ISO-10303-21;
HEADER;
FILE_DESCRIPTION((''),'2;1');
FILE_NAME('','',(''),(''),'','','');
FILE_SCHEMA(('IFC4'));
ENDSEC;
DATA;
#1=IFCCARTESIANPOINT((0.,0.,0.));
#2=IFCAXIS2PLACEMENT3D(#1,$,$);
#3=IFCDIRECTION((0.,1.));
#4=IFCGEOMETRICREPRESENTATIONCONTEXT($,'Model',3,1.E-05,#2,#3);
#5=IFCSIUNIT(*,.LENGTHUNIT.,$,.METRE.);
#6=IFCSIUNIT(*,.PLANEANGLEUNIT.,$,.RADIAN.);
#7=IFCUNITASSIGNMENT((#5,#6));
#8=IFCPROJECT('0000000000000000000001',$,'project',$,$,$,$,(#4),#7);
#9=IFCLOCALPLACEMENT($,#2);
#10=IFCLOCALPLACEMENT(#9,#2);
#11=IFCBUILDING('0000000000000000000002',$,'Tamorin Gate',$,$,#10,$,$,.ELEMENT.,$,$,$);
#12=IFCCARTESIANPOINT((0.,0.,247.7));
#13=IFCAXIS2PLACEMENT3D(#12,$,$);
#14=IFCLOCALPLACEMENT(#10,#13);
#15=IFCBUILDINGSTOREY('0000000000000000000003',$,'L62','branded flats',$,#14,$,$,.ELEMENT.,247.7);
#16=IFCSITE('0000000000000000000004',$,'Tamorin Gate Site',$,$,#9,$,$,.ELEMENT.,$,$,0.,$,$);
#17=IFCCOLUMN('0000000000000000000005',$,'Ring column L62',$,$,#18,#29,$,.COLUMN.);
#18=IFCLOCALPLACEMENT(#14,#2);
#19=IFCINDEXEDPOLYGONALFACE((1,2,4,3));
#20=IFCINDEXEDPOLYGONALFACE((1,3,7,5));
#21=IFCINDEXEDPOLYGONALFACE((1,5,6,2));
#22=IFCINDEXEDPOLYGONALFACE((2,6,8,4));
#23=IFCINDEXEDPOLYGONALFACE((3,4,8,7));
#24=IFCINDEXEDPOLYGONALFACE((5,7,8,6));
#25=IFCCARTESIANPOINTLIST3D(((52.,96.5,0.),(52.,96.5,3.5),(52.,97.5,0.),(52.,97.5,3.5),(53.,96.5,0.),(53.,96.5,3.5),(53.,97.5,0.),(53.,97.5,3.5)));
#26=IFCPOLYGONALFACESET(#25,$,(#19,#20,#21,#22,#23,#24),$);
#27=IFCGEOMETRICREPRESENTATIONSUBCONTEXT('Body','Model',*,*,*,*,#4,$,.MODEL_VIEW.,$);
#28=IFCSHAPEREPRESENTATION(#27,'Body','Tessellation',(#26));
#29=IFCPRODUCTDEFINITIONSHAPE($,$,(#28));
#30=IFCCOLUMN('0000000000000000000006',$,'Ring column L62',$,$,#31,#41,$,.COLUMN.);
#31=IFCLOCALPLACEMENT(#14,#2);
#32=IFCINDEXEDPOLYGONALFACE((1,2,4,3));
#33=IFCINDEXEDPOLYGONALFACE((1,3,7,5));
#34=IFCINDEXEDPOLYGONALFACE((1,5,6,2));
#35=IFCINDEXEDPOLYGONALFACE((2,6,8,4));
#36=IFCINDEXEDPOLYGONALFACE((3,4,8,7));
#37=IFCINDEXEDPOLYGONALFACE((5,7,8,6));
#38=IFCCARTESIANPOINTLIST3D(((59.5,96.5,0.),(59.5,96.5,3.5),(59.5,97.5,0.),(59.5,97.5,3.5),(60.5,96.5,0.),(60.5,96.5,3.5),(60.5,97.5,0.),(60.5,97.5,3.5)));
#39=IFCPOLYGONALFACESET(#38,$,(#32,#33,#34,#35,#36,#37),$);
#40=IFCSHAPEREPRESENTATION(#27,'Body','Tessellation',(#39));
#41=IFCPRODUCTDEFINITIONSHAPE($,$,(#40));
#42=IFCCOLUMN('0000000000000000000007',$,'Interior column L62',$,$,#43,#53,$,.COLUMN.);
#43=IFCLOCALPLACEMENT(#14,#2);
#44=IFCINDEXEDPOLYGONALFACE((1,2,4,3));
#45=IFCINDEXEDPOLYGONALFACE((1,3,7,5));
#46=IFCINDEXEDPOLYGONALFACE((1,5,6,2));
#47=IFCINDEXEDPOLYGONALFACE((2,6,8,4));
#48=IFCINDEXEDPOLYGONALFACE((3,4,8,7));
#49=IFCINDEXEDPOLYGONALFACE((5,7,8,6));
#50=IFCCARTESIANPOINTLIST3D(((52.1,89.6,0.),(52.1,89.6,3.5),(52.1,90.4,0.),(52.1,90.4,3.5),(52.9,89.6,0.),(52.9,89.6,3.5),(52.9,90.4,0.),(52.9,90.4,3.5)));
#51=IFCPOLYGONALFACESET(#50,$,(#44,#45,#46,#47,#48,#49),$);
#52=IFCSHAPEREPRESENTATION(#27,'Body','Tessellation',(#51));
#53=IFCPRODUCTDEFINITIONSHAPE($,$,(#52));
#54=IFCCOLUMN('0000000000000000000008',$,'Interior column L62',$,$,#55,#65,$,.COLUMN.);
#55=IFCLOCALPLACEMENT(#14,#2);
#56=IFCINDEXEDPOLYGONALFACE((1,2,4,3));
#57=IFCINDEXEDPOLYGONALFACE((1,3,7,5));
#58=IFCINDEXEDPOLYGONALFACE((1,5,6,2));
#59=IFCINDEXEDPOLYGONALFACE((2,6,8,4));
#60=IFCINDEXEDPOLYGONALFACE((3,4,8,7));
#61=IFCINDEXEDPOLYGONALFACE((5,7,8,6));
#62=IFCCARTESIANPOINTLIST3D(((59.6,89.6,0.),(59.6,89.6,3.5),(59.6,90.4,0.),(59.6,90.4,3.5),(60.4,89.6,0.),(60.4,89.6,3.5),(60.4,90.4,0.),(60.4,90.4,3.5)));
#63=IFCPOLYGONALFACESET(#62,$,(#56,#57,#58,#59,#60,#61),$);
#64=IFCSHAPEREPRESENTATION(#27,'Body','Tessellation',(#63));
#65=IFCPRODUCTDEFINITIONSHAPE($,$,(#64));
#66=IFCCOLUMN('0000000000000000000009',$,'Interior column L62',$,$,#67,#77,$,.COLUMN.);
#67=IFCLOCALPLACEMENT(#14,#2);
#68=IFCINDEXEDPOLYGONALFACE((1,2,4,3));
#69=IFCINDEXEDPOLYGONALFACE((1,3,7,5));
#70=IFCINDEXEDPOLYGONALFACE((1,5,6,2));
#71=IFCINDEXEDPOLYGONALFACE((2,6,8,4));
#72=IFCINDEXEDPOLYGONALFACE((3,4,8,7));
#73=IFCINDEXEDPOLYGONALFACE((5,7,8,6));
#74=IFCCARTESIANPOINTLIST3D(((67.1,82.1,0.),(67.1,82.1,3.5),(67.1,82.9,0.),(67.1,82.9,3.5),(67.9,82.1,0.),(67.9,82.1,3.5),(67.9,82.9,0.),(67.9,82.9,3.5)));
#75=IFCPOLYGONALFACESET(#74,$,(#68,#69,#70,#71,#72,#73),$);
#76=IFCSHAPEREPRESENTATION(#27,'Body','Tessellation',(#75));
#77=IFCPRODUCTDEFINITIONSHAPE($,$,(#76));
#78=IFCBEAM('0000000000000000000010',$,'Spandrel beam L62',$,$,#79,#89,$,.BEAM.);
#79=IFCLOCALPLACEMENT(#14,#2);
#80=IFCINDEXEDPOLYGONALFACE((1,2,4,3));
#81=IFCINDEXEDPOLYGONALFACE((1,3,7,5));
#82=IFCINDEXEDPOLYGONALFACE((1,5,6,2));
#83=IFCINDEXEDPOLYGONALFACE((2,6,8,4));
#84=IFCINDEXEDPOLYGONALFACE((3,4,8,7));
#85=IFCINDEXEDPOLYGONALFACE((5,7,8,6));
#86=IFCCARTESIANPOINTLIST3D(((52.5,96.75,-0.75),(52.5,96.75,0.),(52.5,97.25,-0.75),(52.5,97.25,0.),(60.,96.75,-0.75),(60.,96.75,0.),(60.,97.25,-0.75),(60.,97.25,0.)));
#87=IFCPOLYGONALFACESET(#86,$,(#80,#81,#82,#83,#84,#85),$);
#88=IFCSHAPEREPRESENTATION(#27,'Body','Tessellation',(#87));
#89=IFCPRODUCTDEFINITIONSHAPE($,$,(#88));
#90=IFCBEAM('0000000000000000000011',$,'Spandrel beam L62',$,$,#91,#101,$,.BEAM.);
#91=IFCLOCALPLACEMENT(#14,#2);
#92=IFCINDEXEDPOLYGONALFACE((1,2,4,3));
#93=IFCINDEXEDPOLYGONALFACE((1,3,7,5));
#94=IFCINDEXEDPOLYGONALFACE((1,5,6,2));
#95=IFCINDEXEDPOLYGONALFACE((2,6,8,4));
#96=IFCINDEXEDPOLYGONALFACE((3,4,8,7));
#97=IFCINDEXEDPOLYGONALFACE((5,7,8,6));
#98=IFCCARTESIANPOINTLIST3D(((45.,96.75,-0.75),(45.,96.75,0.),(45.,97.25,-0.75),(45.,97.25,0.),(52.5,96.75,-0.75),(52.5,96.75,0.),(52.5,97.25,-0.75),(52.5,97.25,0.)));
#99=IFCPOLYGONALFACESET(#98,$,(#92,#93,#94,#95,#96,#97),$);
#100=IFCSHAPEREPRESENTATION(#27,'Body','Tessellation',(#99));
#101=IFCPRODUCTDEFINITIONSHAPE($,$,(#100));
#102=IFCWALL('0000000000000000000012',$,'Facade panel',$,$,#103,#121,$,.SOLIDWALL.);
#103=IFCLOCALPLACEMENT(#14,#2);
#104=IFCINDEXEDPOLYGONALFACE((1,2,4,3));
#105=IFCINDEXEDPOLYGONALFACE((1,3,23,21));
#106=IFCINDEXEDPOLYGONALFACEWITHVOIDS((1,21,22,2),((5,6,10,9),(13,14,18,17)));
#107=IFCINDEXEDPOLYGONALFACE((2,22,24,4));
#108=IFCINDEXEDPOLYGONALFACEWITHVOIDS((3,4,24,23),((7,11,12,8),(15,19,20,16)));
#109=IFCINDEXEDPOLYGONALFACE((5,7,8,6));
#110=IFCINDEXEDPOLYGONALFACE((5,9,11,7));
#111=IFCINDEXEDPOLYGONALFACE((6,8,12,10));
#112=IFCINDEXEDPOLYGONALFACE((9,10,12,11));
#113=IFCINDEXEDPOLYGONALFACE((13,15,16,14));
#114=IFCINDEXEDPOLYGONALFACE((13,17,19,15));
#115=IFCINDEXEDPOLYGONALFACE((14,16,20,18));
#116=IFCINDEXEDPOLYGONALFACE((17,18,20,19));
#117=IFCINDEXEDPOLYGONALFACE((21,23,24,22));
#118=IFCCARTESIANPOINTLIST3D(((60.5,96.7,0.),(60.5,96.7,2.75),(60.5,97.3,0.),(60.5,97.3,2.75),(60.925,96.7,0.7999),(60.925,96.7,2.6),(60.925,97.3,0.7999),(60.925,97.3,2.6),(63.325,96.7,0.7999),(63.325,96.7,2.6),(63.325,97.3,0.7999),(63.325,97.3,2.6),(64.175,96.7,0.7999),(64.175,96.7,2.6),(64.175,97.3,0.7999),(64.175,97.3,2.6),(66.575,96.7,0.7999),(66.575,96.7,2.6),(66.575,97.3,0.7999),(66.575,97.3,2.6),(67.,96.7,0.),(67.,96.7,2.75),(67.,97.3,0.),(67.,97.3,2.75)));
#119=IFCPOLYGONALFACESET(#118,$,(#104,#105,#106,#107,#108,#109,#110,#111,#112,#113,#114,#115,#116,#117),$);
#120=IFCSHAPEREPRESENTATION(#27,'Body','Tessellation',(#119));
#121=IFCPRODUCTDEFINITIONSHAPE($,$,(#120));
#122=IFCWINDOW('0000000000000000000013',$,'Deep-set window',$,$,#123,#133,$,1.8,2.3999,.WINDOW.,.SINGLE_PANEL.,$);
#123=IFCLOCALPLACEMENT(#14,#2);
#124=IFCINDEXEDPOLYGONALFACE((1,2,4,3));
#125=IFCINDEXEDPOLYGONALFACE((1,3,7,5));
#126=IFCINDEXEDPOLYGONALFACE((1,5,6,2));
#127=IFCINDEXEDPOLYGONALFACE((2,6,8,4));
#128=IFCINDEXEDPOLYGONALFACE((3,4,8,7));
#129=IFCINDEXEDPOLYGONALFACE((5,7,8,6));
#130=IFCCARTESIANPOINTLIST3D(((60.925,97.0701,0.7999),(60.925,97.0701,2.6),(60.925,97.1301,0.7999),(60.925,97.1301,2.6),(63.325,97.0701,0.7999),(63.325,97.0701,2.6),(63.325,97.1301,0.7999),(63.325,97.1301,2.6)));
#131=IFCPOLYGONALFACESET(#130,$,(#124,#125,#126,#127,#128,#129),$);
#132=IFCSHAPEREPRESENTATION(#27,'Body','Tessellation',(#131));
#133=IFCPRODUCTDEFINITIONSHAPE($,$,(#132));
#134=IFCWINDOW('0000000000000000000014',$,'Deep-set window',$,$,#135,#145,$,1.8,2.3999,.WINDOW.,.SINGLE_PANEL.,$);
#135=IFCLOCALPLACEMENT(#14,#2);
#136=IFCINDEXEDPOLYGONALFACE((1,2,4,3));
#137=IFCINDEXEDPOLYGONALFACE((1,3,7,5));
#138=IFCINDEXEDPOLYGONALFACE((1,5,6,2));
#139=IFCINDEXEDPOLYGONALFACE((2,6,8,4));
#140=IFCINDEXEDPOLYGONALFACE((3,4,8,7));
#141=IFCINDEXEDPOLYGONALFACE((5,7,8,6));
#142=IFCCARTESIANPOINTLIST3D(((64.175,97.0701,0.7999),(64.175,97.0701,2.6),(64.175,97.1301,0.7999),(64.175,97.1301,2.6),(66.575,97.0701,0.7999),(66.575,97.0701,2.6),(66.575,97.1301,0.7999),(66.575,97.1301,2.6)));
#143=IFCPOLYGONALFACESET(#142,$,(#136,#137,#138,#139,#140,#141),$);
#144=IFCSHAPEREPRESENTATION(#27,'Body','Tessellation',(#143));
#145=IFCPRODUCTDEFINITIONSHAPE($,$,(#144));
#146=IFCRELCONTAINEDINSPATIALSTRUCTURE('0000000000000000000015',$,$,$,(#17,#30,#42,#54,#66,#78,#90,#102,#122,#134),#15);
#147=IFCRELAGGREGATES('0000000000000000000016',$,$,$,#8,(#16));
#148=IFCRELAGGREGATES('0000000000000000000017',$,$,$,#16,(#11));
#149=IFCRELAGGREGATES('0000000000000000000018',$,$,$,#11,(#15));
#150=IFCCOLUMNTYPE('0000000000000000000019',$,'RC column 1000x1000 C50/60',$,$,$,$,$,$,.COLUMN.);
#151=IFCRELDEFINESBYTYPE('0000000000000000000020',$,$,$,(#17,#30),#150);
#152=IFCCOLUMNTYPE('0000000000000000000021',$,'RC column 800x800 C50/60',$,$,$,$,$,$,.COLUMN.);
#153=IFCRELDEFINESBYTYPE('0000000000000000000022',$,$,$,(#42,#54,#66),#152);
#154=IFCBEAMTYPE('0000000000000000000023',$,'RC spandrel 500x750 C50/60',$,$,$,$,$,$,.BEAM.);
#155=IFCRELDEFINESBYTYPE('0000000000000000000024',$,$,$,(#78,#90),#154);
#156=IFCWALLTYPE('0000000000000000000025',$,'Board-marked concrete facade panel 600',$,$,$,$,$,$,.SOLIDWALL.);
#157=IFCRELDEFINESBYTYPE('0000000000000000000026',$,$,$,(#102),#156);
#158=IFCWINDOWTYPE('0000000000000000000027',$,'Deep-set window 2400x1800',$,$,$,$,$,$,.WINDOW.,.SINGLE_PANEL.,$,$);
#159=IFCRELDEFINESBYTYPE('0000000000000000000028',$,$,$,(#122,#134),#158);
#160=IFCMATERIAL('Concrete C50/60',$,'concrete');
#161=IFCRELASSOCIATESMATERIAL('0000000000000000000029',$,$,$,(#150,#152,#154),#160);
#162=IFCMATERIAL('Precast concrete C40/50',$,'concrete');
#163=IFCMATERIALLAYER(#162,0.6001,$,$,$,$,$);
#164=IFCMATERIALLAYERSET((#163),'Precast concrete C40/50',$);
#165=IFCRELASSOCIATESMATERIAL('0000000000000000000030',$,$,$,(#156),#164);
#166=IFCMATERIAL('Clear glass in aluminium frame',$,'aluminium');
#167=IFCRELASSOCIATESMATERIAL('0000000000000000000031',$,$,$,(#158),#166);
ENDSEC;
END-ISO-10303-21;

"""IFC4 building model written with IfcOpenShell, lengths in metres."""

from ifc_helpers import new_model, si_unit, direction, frame, frame_2d, origin, origin_2d, place, context, subcontext, project, spatial, rectangle, extrude, material, layer, layer_set, material_profile, profile_set, type_object, element, fill, save


model = new_model("IFC4")

# Units and contexts
model_context = context("Model", 3, precision=1e-05, world=origin(), true_north=direction((0.0, 1.0)))
body_context = subcontext(model_context, "Body", "Model", "MODEL_VIEW")
ifc_project = project(units=[si_unit("LENGTHUNIT", "METRE"), si_unit("PLANEANGLEUNIT", "RADIAN")], contexts=[model_context])

# Site, building, storey
site_placement = place(None, origin())
site = spatial("IfcSite", under=ifc_project, at=site_placement, Name="Tamorin Gate Site", CompositionType="ELEMENT", RefElevation=0.0)
building_placement = place(site_placement, origin())
building = spatial("IfcBuilding", under=site, at=building_placement, Name="Tamorin Gate", CompositionType="ELEMENT")
storey_placement = place(building_placement, frame((0.0, 0.0, 247.7)))
storey = spatial("IfcBuildingStorey", under=building, at=storey_placement, Name="L62", Description="branded flats", CompositionType="ELEMENT", Elevation=247.7)

# Columns
ifc_material_1 = material(Name="Concrete C50/60", Category="concrete")
ifc_material_profile_1 = material_profile(ifc_material_1, rectangle(XDim=1.0, YDim=1.0, at=origin_2d()), Name="RC 1000x1000")
ifc_profile_set_1 = profile_set([ifc_material_profile_1], Name="Concrete C50/60")
column_type_1 = type_object("IfcColumnType", Name="RC column 1000x1000 C50/60", PredefinedType="COLUMN", material=ifc_profile_set_1)
for number, where, z_axis, x_axis, name in (
    (1, (52.5, 97.0, 0.0), (0.0, 0.0, 1.0), (1.0, 0.0, 0.0), "Ring column L62"),
    (2, (60.0, 97.0, 0.0), (0.0, 0.0, 1.0), (1.0, 0.0, 0.0), "Ring column L62"),
):
    element("IfcColumn", number, at=place(storey_placement, frame(where, z_axis=z_axis, x_axis=x_axis)), inside=storey, type_object=column_type_1, Name=name, PredefinedType="COLUMN", context=body_context, shape_type="SweptSolid", body=[
        extrude(rectangle(XDim=1.0, YDim=1.0, at=origin_2d()), origin(), (0.0, 0.0, 1.0), 3.5),
    ])
ifc_material_profile_2 = material_profile(ifc_material_1, rectangle(XDim=0.8, YDim=0.8, at=origin_2d()), Name="RC 800x800")
ifc_profile_set_2 = profile_set([ifc_material_profile_2], Name="Concrete C50/60")
column_type_2 = type_object("IfcColumnType", Name="RC column 800x800 C50/60", PredefinedType="COLUMN", material=ifc_profile_set_2)
for number, where, z_axis, x_axis, name in (
    (3, (52.5, 90.0, 0.0), (0.0, 0.0, 1.0), (1.0, 0.0, 0.0), "Interior column L62"),
    (4, (60.0, 90.0, 0.0), (0.0, 0.0, 1.0), (1.0, 0.0, 0.0), "Interior column L62"),
    (5, (67.5, 82.5, 0.0), (0.0, 0.0, 1.0), (1.0, 0.0, 0.0), "Interior column L62"),
):
    element("IfcColumn", number, at=place(storey_placement, frame(where, z_axis=z_axis, x_axis=x_axis)), inside=storey, type_object=column_type_2, Name=name, PredefinedType="COLUMN", context=body_context, shape_type="SweptSolid", body=[
        extrude(rectangle(XDim=0.8, YDim=0.8, at=origin_2d()), origin(), (0.0, 0.0, 1.0), 3.5),
    ])

# Beams
ifc_material_profile_3 = material_profile(ifc_material_1, rectangle(XDim=0.5, YDim=0.75, at=origin_2d()), Name="RC 500x750")
ifc_profile_set_3 = profile_set([ifc_material_profile_3], Name="Concrete C50/60")
beam_type = type_object("IfcBeamType", Name="RC spandrel 500x750 C50/60", PredefinedType="BEAM", material=ifc_profile_set_3)
for number, where, z_axis, x_axis, name in (
    (6, (60.0, 97.0, -0.375), (-1.0, 0.0, 0.0), (0.0, -1.0, 0.0), "Spandrel beam L62"),
    (7, (52.5, 97.0, -0.375), (-1.0, 0.0, 0.0), (0.0, -1.0, 0.0), "Spandrel beam L62"),
):
    element("IfcBeam", number, at=place(storey_placement, frame(where, z_axis=z_axis, x_axis=x_axis)), inside=storey, type_object=beam_type, Name=name, PredefinedType="BEAM", context=body_context, shape_type="SweptSolid", body=[
        extrude(rectangle(XDim=0.5, YDim=0.75, at=origin_2d()), origin(), (0.0, 0.0, 1.0), 7.5),
    ])

# Wall, openings, windows
ifc_material_2 = material(Name="Precast concrete C40/50", Category="concrete")
ifc_layer_1 = layer(ifc_material_2, 0.6001)
ifc_layer_set_1 = layer_set([ifc_layer_1], Name="Precast concrete C40/50")
wall_type_1 = type_object("IfcWallType", Name="Board-marked concrete facade panel 600", PredefinedType="SOLIDWALL", material=ifc_layer_set_1)
wall_1_placement = place(storey_placement, frame((67.0, 97.0, 0.0), z_axis=(0.0, 0.0, 1.0), x_axis=(-1.0, 0.0, 0.0)))
wall_1 = element("IfcWall", 8, at=wall_1_placement, inside=storey, type_object=wall_type_1, Name="Facade panel", PredefinedType="SOLIDWALL", context=body_context, shape_type="SweptSolid", body=[
    extrude(rectangle(XDim=6.5, YDim=0.6001, at=frame_2d((3.25, 0.0))), origin(), (0.0, 0.0, 1.0), 2.75),
])
opening_1_placement = place(wall_1_placement, frame((3.675, 0.0, 0.8)))
opening_1 = element("IfcOpeningElement", 9, at=opening_1_placement, cuts=wall_1, PredefinedType="OPENING", context=body_context, shape_type="SweptSolid", body=[
    extrude(rectangle(XDim=2.3999, YDim=1.8, at=frame_2d((1.2, 0.8999))), frame((0.0, 0.3101, 0.0), z_axis=(0.0, -1.0, 0.0), x_axis=(1.0, 0.0, 0.0)), (0.0, 0.0, 1.0), 0.6201),
])
opening_2_placement = place(wall_1_placement, frame((0.425, 0.0, 0.8)))
opening_2 = element("IfcOpeningElement", 10, at=opening_2_placement, cuts=wall_1, PredefinedType="OPENING", context=body_context, shape_type="SweptSolid", body=[
    extrude(rectangle(XDim=2.3999, YDim=1.8, at=frame_2d((1.2, 0.8999))), frame((0.0, 0.3101, 0.0), z_axis=(0.0, -1.0, 0.0), x_axis=(1.0, 0.0, 0.0)), (0.0, 0.0, 1.0), 0.6201),
])
ifc_material_3 = material(Name="Clear glass in aluminium frame", Category="aluminium")
window_type = type_object("IfcWindowType", Name="Deep-set window 2400x1800", PartitioningType="SINGLE_PANEL", PredefinedType="WINDOW", material=ifc_material_3)
window_1_placement = place(opening_1_placement, origin())
window_1 = element("IfcWindow", 11, at=window_1_placement, inside=storey, type_object=window_type, Name="Deep-set window", OverallHeight=1.8, OverallWidth=2.3999, PartitioningType="SINGLE_PANEL", PredefinedType="WINDOW", context=body_context, shape_type="SweptSolid", body=[
    extrude(rectangle(XDim=2.3999, YDim=1.8, at=frame_2d((1.2, 0.8999))), frame((0.0, -0.0701, 0.0), z_axis=(0.0, -1.0, 0.0), x_axis=(1.0, 0.0, 0.0)), (0.0, 0.0, 1.0), 0.0601),
])
fill(opening_1, window_1)
window_2_placement = place(opening_2_placement, origin())
window_2 = element("IfcWindow", 12, at=window_2_placement, inside=storey, type_object=window_type, Name="Deep-set window", OverallHeight=1.8, OverallWidth=2.3999, PartitioningType="SINGLE_PANEL", PredefinedType="WINDOW", context=body_context, shape_type="SweptSolid", body=[
    extrude(rectangle(XDim=2.3999, YDim=1.8, at=frame_2d((1.2, 0.8999))), frame((0.0, -0.0701, 0.0), z_axis=(0.0, -1.0, 0.0), x_axis=(1.0, 0.0, 0.0)), (0.0, 0.0, 1.0), 0.0601),
])
fill(opening_2, window_2)

save(model, "model.ifc")
